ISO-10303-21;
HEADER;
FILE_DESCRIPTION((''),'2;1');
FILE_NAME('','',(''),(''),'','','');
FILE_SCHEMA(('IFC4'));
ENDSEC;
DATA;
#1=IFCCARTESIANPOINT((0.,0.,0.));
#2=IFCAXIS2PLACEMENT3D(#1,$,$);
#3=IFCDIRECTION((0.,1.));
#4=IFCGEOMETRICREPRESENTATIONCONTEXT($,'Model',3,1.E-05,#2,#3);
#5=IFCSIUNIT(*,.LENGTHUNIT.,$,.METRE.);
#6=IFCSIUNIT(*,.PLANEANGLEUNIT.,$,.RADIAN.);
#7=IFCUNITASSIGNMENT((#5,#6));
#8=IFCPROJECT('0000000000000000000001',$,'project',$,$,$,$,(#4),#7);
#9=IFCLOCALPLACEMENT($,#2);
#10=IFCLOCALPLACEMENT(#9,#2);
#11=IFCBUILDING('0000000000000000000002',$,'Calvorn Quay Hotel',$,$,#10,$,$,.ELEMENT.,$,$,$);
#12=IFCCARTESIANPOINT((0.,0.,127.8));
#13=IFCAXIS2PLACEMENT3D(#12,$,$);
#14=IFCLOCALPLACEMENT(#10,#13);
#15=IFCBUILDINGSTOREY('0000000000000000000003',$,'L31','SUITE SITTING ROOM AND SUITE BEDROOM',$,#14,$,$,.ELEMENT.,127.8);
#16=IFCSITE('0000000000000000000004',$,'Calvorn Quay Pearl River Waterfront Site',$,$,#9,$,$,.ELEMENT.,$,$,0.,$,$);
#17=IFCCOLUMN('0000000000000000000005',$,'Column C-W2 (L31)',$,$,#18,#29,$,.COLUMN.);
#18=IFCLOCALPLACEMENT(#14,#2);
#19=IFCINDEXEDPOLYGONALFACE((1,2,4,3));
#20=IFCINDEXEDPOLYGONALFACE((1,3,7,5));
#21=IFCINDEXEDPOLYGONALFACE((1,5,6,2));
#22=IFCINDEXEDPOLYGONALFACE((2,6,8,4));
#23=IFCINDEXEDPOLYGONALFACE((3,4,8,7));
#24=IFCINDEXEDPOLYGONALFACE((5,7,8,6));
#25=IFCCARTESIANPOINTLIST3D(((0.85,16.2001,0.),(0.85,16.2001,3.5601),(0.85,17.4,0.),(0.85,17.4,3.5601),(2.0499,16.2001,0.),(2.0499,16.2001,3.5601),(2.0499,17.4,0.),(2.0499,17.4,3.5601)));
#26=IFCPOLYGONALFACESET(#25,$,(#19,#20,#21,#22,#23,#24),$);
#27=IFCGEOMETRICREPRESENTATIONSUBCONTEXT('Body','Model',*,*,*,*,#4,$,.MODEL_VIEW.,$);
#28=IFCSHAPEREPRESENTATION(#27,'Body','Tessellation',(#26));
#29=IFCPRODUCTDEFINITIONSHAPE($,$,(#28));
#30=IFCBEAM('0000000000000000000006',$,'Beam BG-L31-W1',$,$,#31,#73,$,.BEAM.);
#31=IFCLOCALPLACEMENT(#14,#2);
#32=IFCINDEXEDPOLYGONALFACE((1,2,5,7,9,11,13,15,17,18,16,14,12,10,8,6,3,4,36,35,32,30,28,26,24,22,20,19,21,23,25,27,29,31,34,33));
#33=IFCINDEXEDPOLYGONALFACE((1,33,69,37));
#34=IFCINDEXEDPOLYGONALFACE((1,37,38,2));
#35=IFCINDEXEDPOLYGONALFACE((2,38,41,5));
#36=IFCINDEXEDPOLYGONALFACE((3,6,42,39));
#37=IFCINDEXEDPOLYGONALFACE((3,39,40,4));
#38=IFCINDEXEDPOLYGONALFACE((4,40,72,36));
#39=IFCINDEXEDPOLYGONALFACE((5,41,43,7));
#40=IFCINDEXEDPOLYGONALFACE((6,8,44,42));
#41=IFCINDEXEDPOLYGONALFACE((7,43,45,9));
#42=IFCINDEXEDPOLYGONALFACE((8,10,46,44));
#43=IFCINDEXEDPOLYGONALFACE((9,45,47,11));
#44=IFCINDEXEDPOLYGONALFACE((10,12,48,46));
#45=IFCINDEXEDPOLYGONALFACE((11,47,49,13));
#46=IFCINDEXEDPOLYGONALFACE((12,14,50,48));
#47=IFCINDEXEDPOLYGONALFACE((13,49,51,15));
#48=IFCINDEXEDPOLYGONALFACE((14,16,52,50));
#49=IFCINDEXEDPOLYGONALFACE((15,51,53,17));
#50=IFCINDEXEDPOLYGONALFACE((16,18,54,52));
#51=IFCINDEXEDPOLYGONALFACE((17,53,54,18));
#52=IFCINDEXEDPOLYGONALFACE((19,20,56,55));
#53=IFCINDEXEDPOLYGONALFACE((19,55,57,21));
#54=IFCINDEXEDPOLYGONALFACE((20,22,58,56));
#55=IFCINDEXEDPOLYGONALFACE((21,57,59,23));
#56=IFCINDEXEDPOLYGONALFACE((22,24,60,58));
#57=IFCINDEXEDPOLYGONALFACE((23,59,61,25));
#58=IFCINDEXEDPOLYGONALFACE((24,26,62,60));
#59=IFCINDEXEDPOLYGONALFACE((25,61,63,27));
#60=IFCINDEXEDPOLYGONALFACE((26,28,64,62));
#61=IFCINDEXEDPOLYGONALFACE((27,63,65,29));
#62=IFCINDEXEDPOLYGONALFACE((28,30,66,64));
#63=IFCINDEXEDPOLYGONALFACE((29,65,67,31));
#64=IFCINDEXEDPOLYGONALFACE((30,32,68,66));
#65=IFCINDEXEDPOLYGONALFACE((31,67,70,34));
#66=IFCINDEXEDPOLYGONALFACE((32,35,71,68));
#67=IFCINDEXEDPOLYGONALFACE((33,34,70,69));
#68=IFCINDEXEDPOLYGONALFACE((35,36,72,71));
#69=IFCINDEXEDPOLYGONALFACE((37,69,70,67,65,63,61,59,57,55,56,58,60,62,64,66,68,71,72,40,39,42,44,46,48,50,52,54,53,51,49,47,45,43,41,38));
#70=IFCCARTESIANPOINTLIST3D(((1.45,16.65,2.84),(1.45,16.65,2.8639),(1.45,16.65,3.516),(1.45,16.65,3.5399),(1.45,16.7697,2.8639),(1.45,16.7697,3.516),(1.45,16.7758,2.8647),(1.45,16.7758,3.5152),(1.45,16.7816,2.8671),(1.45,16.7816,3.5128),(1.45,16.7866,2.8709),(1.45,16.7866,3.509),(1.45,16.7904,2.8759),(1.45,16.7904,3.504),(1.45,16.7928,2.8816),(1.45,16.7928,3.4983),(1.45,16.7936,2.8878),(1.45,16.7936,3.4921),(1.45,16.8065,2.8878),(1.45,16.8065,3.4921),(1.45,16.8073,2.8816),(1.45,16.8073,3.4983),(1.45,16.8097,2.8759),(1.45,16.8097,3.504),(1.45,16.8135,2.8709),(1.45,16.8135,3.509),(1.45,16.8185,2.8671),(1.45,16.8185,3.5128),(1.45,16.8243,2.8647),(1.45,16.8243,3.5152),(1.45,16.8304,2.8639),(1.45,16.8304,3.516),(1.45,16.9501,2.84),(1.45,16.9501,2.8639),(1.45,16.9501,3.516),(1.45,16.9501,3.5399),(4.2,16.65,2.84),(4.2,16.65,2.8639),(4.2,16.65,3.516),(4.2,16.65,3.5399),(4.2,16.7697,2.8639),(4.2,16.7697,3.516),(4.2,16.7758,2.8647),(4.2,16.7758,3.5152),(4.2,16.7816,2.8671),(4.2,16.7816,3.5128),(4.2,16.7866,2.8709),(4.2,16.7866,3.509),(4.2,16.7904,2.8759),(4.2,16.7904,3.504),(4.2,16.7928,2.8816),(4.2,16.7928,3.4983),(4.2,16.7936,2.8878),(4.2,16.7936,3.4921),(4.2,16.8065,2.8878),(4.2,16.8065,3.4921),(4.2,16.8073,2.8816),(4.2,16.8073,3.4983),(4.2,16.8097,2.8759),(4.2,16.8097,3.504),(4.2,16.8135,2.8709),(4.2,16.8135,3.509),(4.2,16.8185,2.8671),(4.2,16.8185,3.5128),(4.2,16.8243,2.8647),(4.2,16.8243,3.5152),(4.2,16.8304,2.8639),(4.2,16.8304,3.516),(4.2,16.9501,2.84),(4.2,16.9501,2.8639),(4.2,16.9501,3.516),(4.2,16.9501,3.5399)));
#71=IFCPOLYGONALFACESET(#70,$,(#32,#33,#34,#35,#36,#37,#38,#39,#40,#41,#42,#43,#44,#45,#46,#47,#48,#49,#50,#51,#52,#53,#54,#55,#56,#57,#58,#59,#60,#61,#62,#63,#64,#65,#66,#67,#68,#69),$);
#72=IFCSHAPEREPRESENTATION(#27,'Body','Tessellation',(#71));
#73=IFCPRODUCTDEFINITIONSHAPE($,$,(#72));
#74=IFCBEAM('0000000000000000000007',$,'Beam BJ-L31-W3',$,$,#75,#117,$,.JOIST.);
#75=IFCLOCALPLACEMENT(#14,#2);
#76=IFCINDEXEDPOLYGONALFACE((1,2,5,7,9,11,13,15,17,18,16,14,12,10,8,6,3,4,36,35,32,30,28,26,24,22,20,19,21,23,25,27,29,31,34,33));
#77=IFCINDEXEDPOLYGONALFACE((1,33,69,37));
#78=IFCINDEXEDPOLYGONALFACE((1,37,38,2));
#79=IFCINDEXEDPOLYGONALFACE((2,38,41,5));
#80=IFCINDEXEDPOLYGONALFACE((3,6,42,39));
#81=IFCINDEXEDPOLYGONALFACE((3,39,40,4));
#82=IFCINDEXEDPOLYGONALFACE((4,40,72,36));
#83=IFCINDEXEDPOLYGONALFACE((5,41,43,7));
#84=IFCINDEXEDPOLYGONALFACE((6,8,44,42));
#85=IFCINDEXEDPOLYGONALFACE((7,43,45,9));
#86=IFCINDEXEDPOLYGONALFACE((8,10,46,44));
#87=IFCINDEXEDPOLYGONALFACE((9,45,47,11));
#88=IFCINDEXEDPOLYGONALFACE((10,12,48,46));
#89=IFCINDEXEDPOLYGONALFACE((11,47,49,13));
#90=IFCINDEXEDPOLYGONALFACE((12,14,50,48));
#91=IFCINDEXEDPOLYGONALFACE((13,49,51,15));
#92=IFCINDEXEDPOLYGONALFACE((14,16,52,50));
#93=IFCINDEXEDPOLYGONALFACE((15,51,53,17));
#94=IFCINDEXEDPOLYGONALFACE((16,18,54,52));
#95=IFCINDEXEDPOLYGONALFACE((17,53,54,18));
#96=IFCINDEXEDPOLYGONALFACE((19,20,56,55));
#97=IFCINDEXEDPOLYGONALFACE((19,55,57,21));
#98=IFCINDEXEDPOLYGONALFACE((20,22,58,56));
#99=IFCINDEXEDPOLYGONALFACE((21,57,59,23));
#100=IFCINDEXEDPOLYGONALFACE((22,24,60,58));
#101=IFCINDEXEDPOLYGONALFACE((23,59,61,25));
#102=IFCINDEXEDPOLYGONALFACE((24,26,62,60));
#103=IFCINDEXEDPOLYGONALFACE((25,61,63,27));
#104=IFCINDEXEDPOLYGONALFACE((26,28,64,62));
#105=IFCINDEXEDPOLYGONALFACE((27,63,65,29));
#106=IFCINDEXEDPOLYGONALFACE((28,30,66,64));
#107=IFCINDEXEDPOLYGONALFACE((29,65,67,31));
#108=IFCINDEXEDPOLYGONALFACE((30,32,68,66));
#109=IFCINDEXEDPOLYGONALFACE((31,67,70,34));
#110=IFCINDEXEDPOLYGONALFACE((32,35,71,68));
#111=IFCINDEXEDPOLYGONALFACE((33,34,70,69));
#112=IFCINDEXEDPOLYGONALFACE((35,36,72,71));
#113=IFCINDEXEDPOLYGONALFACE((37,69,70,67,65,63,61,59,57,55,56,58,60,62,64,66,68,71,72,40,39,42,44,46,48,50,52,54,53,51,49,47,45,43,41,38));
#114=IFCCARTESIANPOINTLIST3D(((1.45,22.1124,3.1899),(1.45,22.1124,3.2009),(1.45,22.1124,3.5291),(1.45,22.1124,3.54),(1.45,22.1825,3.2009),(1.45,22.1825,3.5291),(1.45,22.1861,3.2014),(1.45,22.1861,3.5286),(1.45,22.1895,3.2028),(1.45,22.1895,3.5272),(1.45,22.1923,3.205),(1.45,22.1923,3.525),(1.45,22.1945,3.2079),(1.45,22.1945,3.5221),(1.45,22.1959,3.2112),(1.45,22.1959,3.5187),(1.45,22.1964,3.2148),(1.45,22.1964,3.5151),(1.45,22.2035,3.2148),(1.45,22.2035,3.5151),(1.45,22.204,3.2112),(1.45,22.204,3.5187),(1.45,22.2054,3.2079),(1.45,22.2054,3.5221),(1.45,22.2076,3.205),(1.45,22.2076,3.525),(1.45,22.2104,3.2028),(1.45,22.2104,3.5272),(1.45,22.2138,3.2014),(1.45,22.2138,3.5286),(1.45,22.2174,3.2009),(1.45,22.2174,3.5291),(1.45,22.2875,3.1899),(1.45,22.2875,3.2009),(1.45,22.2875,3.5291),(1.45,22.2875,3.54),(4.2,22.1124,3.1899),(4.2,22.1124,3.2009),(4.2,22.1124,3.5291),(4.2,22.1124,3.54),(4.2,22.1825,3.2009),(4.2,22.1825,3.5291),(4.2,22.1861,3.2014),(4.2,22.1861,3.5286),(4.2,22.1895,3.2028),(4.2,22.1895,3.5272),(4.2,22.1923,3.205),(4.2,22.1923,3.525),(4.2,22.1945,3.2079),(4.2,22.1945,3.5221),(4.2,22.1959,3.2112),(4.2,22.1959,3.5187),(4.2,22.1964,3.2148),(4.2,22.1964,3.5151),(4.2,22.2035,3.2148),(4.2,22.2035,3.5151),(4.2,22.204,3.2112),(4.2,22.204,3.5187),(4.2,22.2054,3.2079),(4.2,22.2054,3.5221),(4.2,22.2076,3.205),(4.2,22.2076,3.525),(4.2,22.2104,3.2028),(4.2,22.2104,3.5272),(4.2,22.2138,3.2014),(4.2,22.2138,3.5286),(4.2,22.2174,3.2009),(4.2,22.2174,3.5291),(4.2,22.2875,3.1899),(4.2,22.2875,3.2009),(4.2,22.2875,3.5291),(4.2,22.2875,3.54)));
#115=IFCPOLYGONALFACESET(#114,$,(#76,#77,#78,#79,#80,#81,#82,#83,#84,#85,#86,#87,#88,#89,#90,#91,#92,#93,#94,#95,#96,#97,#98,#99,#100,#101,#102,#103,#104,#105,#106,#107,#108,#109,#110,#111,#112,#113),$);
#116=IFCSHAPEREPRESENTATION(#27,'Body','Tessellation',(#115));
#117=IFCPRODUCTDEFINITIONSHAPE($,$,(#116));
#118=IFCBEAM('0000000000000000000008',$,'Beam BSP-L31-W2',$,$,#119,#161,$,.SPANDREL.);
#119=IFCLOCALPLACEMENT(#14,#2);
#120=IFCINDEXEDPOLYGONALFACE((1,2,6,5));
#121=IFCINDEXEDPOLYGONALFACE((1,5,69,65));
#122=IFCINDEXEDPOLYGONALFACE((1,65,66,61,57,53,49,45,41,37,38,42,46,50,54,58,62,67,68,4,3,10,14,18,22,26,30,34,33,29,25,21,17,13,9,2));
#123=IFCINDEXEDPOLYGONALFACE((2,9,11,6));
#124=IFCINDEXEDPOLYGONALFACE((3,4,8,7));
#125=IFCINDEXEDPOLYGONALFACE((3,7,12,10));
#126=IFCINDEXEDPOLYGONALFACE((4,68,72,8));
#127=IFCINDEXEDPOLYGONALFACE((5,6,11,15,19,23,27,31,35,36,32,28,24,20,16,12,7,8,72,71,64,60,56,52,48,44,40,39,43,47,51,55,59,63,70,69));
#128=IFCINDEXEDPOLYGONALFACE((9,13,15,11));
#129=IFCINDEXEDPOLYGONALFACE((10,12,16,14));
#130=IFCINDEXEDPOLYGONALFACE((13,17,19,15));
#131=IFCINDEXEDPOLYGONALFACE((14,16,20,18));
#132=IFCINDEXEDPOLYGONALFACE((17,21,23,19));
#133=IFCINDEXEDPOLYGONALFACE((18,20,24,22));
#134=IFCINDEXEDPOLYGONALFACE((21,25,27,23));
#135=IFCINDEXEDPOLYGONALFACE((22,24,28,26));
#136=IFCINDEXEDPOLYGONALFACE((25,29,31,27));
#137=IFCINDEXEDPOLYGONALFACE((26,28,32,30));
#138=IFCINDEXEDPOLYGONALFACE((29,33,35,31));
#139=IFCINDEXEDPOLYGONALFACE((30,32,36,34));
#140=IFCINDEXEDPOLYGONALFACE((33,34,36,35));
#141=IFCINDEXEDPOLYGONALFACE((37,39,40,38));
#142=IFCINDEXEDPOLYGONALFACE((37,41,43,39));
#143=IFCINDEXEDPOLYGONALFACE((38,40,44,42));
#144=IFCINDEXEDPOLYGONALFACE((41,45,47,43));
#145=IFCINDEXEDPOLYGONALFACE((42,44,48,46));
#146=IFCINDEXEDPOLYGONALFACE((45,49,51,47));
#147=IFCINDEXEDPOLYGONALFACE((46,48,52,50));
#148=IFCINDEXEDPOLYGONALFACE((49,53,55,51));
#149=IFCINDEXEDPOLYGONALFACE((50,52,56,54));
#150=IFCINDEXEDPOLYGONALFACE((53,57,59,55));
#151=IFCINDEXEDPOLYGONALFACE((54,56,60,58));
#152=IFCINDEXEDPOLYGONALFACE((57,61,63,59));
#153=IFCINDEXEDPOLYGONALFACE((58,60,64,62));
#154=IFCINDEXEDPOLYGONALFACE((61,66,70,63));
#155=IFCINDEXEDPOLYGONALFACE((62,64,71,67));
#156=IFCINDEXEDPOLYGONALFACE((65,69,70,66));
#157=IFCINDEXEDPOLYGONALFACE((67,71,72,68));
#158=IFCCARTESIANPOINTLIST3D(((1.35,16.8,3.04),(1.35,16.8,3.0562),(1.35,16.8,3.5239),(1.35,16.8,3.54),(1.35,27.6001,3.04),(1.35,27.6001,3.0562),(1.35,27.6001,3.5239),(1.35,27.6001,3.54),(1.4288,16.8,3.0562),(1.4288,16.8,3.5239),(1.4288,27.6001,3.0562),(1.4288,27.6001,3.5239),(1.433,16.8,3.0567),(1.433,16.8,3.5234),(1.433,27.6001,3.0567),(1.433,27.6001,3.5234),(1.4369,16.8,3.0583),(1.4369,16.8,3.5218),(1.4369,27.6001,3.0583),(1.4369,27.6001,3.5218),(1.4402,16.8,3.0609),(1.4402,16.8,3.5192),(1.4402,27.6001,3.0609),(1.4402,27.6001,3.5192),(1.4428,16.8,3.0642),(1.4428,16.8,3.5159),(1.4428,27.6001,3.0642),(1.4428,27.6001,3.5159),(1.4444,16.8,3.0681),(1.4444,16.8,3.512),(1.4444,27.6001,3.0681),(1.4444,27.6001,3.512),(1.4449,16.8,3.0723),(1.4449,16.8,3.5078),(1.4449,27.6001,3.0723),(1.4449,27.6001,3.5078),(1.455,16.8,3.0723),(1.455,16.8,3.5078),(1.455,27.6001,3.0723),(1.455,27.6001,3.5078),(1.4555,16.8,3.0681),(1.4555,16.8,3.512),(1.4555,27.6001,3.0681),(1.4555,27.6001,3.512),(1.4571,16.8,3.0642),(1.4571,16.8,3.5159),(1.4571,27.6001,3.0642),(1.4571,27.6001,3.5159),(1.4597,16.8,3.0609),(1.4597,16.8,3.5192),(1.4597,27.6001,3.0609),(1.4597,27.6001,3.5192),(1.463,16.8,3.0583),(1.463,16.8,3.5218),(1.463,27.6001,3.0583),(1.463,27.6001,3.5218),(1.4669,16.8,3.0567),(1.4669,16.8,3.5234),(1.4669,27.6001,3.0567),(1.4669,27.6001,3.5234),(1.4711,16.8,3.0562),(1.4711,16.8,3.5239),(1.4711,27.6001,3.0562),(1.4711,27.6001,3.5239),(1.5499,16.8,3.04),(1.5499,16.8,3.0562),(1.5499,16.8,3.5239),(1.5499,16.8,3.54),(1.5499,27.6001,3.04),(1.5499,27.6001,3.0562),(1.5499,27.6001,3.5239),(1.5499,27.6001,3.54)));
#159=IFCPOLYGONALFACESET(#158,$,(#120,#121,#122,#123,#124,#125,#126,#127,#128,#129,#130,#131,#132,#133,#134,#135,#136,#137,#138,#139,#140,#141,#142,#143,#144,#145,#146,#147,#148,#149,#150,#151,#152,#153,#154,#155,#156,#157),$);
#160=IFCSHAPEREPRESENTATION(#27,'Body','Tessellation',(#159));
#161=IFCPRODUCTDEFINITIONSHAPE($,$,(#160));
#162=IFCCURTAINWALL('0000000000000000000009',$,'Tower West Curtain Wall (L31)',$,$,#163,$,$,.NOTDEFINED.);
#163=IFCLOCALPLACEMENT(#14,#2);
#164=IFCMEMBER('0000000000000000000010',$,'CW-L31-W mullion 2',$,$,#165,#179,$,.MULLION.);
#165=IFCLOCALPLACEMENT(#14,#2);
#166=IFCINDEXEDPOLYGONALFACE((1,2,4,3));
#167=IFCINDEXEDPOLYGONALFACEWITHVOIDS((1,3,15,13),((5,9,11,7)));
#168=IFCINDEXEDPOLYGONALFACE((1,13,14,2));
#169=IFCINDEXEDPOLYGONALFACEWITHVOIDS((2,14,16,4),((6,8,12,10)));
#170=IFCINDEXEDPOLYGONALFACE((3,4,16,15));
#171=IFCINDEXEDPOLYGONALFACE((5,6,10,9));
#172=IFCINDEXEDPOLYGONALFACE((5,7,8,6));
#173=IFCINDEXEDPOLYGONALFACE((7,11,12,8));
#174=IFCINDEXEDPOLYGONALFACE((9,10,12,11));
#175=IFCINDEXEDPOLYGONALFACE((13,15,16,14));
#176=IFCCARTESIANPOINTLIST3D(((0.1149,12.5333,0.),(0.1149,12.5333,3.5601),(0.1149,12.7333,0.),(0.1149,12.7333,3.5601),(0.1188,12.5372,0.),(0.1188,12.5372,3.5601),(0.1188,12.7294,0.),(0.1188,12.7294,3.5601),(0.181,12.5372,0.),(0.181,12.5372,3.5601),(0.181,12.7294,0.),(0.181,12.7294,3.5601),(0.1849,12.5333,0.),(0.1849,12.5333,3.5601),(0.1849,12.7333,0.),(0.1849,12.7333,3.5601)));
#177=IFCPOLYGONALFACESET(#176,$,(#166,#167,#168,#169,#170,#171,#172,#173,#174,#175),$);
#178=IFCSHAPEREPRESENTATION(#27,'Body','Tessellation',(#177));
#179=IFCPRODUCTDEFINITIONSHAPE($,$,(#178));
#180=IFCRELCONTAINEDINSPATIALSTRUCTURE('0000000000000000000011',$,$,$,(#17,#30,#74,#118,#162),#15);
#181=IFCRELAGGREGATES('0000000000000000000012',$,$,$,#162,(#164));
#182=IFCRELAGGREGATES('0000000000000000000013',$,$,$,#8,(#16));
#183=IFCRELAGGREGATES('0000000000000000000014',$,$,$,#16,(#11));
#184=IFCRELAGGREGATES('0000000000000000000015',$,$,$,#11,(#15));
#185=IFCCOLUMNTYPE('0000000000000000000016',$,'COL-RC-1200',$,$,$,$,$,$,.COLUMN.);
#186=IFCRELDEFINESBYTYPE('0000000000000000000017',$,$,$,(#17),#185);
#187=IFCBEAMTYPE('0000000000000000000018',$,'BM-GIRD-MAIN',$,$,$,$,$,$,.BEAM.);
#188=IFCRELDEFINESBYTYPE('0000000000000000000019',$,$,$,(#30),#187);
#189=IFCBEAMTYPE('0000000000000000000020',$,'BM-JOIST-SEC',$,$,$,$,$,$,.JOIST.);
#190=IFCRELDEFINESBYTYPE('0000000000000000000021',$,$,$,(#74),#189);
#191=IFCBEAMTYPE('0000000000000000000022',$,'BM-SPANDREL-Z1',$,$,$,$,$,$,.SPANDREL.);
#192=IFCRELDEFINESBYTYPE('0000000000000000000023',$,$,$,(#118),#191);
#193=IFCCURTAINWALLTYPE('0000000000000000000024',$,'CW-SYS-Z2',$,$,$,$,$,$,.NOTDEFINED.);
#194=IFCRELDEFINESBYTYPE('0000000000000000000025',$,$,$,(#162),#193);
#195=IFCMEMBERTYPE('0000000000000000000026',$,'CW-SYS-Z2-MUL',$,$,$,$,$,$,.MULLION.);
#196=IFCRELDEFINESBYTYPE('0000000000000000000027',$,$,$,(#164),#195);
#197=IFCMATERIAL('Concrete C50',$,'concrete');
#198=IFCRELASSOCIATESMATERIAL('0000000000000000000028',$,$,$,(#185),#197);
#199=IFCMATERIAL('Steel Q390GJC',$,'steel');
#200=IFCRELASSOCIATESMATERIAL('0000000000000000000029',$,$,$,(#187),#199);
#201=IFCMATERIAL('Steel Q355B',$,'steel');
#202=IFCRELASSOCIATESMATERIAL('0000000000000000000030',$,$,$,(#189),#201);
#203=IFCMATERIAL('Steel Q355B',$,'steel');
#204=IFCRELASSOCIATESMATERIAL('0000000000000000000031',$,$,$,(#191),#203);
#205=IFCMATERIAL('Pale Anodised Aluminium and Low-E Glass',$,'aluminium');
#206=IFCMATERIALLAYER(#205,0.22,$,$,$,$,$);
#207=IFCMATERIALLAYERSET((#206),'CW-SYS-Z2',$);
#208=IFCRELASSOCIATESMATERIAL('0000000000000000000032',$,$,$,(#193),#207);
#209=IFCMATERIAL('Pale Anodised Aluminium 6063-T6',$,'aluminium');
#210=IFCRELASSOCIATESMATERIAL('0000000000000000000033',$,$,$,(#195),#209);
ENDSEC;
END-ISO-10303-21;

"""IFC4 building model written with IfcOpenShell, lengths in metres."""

from ifc_helpers import new_model, si_unit, direction, frame, origin, origin_2d, place, context, subcontext, project, spatial, rectangle, hollow_rectangle, i_section, extrude, material, layer, layer_set, material_profile, profile_set, type_object, element, aggregate, save


model = new_model("IFC4")

# Units and contexts
model_context = context("Model", 3, precision=1e-05, world=origin(), true_north=direction((0.0, 1.0)))
body_context = subcontext(model_context, "Body", "Model", "MODEL_VIEW")
ifc_project = project(units=[si_unit("LENGTHUNIT", "METRE"), si_unit("PLANEANGLEUNIT", "RADIAN")], contexts=[model_context])

# Site, building, storey
site_placement = place(None, origin())
site = spatial("IfcSite", under=ifc_project, at=site_placement, Name="Calvorn Quay Pearl River Waterfront Site", CompositionType="ELEMENT", RefElevation=0.0)
building_placement = place(site_placement, origin())
building = spatial("IfcBuilding", under=site, at=building_placement, Name="Calvorn Quay Hotel", CompositionType="ELEMENT")
storey_placement = place(building_placement, frame((0.0, 0.0, 127.8)))
storey = spatial("IfcBuildingStorey", under=building, at=storey_placement, Name="L31", Description="SUITE SITTING ROOM AND SUITE BEDROOM", CompositionType="ELEMENT", Elevation=127.8)

# Column
ifc_material_1 = material(Name="Concrete C50", Category="concrete")
ifc_material_profile_1 = material_profile(ifc_material_1, rectangle(XDim=1.2, YDim=1.2, at=origin_2d()), Name="RC1200x1200")
ifc_profile_set_1 = profile_set([ifc_material_profile_1], Name="Concrete C50")
column_type = type_object("IfcColumnType", Name="COL-RC-1200", PredefinedType="COLUMN", material=ifc_profile_set_1)
column_placement = place(storey_placement, frame((1.45, 16.8, 0.0), z_axis=(0.0, 0.0, 1.0), x_axis=(1.0, 0.0, 0.0)))
element("IfcColumn", 1, at=column_placement, inside=storey, type_object=column_type, Name="Column C-W2 (L31)", PredefinedType="COLUMN", context=body_context, shape_type="SweptSolid", body=[
    extrude(rectangle(XDim=1.2, YDim=1.2, at=origin_2d()), origin(), (0.0, 0.0, 1.0), 3.5601),
])

# Beams
ifc_material_2 = material(Name="Steel Q390GJC", Category="steel")
ifc_material_profile_2 = material_profile(ifc_material_2, i_section(OverallWidth=0.3, OverallDepth=0.7, WebThickness=0.0129, FlangeThickness=0.0239, FilletRadius=0.0239, at=origin_2d()), Name="HN700x300x13x24")
ifc_profile_set_2 = profile_set([ifc_material_profile_2], Name="Steel Q390GJC")
beam_type_1 = type_object("IfcBeamType", Name="BM-GIRD-MAIN", PredefinedType="BEAM", material=ifc_profile_set_2)
beam_1_placement = place(storey_placement, frame((1.45, 16.8, 3.1899), z_axis=(1.0, 0.0, 0.0), x_axis=(0.0, 1.0, 0.0)))
element("IfcBeam", 2, at=beam_1_placement, inside=storey, type_object=beam_type_1, Name="Beam BG-L31-W1", PredefinedType="BEAM", context=body_context, shape_type="SweptSolid", body=[
    extrude(i_section(OverallWidth=0.3, OverallDepth=0.7, WebThickness=0.0129, FlangeThickness=0.0239, FilletRadius=0.0239, at=origin_2d()), origin(), (0.0, 0.0, 1.0), 2.75),
])
ifc_material_3 = material(Name="Steel Q355B", Category="steel")
ifc_material_profile_3 = material_profile(ifc_material_3, i_section(OverallWidth=0.175, OverallDepth=0.3501, WebThickness=0.0071, FlangeThickness=0.011, FilletRadius=0.0139, at=origin_2d()), Name="HN350x175x7x11")
ifc_profile_set_3 = profile_set([ifc_material_profile_3], Name="Steel Q355B")
beam_type_2 = type_object("IfcBeamType", Name="BM-JOIST-SEC", PredefinedType="JOIST", material=ifc_profile_set_3)
beam_2_placement = place(storey_placement, frame((1.45, 22.2, 3.365), z_axis=(1.0, 0.0, 0.0), x_axis=(0.0, 1.0, 0.0)))
element("IfcBeam", 3, at=beam_2_placement, inside=storey, type_object=beam_type_2, Name="Beam BJ-L31-W3", PredefinedType="JOIST", context=body_context, shape_type="SweptSolid", body=[
    extrude(i_section(OverallWidth=0.175, OverallDepth=0.3501, WebThickness=0.0071, FlangeThickness=0.011, FilletRadius=0.0139, at=origin_2d()), origin(), (0.0, 0.0, 1.0), 2.75),
])
ifc_material_4 = material(Name="Steel Q355B", Category="steel")
ifc_material_profile_4 = material_profile(ifc_material_4, i_section(OverallWidth=0.2, OverallDepth=0.5, WebThickness=0.01, FlangeThickness=0.0161, FilletRadius=0.0161, at=origin_2d()), Name="HN500x200x10x16")
ifc_profile_set_4 = profile_set([ifc_material_profile_4], Name="Steel Q355B")
beam_type_3 = type_object("IfcBeamType", Name="BM-SPANDREL-Z1", PredefinedType="SPANDREL", material=ifc_profile_set_4)
beam_3_placement = place(storey_placement, frame((1.45, 16.8, 3.29), z_axis=(0.0, 1.0, 0.0), x_axis=(-1.0, 0.0, 0.0)))
element("IfcBeam", 4, at=beam_3_placement, inside=storey, type_object=beam_type_3, Name="Beam BSP-L31-W2", PredefinedType="SPANDREL", context=body_context, shape_type="SweptSolid", body=[
    extrude(i_section(OverallWidth=0.2, OverallDepth=0.5, WebThickness=0.01, FlangeThickness=0.0161, FilletRadius=0.0161, at=origin_2d()), origin(), (0.0, 0.0, 1.0), 10.8),
])

# Curtain wall, member
ifc_material_5 = material(Name="Pale Anodised Aluminium and Low-E Glass", Category="aluminium")
ifc_layer_1 = layer(ifc_material_5, 0.22)
ifc_layer_set_1 = layer_set([ifc_layer_1], Name="CW-SYS-Z2")
curtain_wall_type = type_object("IfcCurtainWallType", Name="CW-SYS-Z2", PredefinedType="NOTDEFINED", material=ifc_layer_set_1)
curtain_wall_placement = place(storey_placement, origin())
curtain_wall = element("IfcCurtainWall", 5, at=curtain_wall_placement, inside=storey, type_object=curtain_wall_type, Name="Tower West Curtain Wall (L31)", PredefinedType="NOTDEFINED")
ifc_material_6 = material(Name="Pale Anodised Aluminium 6063-T6", Category="aluminium")
ifc_material_profile_5 = material_profile(ifc_material_6, hollow_rectangle(XDim=0.0701, YDim=0.2, WallThickness=0.0039, at=origin_2d()), Name="ALU-M200x70x4")
ifc_profile_set_5 = profile_set([ifc_material_profile_5], Name="Pale Anodised Aluminium 6063-T6")
member_type_1 = type_object("IfcMemberType", Name="CW-SYS-Z2-MUL", PredefinedType="MULLION", material=ifc_profile_set_5)
member_1_placement = place(storey_placement, frame((0.1499, 12.6333, 0.0), z_axis=(0.0, 0.0, 1.0), x_axis=(-1.0, 0.0, 0.0)))
member_1 = element("IfcMember", 6, at=member_1_placement, type_object=member_type_1, Name="CW-L31-W mullion 2", PredefinedType="MULLION", context=body_context, shape_type="SweptSolid", body=[
    extrude(hollow_rectangle(XDim=0.0701, YDim=0.2, WallThickness=0.0039, at=origin_2d()), origin(), (0.0, 0.0, 1.0), 3.5601),
])
aggregate(curtain_wall, [member_1])

save(model, "model.ifc")
